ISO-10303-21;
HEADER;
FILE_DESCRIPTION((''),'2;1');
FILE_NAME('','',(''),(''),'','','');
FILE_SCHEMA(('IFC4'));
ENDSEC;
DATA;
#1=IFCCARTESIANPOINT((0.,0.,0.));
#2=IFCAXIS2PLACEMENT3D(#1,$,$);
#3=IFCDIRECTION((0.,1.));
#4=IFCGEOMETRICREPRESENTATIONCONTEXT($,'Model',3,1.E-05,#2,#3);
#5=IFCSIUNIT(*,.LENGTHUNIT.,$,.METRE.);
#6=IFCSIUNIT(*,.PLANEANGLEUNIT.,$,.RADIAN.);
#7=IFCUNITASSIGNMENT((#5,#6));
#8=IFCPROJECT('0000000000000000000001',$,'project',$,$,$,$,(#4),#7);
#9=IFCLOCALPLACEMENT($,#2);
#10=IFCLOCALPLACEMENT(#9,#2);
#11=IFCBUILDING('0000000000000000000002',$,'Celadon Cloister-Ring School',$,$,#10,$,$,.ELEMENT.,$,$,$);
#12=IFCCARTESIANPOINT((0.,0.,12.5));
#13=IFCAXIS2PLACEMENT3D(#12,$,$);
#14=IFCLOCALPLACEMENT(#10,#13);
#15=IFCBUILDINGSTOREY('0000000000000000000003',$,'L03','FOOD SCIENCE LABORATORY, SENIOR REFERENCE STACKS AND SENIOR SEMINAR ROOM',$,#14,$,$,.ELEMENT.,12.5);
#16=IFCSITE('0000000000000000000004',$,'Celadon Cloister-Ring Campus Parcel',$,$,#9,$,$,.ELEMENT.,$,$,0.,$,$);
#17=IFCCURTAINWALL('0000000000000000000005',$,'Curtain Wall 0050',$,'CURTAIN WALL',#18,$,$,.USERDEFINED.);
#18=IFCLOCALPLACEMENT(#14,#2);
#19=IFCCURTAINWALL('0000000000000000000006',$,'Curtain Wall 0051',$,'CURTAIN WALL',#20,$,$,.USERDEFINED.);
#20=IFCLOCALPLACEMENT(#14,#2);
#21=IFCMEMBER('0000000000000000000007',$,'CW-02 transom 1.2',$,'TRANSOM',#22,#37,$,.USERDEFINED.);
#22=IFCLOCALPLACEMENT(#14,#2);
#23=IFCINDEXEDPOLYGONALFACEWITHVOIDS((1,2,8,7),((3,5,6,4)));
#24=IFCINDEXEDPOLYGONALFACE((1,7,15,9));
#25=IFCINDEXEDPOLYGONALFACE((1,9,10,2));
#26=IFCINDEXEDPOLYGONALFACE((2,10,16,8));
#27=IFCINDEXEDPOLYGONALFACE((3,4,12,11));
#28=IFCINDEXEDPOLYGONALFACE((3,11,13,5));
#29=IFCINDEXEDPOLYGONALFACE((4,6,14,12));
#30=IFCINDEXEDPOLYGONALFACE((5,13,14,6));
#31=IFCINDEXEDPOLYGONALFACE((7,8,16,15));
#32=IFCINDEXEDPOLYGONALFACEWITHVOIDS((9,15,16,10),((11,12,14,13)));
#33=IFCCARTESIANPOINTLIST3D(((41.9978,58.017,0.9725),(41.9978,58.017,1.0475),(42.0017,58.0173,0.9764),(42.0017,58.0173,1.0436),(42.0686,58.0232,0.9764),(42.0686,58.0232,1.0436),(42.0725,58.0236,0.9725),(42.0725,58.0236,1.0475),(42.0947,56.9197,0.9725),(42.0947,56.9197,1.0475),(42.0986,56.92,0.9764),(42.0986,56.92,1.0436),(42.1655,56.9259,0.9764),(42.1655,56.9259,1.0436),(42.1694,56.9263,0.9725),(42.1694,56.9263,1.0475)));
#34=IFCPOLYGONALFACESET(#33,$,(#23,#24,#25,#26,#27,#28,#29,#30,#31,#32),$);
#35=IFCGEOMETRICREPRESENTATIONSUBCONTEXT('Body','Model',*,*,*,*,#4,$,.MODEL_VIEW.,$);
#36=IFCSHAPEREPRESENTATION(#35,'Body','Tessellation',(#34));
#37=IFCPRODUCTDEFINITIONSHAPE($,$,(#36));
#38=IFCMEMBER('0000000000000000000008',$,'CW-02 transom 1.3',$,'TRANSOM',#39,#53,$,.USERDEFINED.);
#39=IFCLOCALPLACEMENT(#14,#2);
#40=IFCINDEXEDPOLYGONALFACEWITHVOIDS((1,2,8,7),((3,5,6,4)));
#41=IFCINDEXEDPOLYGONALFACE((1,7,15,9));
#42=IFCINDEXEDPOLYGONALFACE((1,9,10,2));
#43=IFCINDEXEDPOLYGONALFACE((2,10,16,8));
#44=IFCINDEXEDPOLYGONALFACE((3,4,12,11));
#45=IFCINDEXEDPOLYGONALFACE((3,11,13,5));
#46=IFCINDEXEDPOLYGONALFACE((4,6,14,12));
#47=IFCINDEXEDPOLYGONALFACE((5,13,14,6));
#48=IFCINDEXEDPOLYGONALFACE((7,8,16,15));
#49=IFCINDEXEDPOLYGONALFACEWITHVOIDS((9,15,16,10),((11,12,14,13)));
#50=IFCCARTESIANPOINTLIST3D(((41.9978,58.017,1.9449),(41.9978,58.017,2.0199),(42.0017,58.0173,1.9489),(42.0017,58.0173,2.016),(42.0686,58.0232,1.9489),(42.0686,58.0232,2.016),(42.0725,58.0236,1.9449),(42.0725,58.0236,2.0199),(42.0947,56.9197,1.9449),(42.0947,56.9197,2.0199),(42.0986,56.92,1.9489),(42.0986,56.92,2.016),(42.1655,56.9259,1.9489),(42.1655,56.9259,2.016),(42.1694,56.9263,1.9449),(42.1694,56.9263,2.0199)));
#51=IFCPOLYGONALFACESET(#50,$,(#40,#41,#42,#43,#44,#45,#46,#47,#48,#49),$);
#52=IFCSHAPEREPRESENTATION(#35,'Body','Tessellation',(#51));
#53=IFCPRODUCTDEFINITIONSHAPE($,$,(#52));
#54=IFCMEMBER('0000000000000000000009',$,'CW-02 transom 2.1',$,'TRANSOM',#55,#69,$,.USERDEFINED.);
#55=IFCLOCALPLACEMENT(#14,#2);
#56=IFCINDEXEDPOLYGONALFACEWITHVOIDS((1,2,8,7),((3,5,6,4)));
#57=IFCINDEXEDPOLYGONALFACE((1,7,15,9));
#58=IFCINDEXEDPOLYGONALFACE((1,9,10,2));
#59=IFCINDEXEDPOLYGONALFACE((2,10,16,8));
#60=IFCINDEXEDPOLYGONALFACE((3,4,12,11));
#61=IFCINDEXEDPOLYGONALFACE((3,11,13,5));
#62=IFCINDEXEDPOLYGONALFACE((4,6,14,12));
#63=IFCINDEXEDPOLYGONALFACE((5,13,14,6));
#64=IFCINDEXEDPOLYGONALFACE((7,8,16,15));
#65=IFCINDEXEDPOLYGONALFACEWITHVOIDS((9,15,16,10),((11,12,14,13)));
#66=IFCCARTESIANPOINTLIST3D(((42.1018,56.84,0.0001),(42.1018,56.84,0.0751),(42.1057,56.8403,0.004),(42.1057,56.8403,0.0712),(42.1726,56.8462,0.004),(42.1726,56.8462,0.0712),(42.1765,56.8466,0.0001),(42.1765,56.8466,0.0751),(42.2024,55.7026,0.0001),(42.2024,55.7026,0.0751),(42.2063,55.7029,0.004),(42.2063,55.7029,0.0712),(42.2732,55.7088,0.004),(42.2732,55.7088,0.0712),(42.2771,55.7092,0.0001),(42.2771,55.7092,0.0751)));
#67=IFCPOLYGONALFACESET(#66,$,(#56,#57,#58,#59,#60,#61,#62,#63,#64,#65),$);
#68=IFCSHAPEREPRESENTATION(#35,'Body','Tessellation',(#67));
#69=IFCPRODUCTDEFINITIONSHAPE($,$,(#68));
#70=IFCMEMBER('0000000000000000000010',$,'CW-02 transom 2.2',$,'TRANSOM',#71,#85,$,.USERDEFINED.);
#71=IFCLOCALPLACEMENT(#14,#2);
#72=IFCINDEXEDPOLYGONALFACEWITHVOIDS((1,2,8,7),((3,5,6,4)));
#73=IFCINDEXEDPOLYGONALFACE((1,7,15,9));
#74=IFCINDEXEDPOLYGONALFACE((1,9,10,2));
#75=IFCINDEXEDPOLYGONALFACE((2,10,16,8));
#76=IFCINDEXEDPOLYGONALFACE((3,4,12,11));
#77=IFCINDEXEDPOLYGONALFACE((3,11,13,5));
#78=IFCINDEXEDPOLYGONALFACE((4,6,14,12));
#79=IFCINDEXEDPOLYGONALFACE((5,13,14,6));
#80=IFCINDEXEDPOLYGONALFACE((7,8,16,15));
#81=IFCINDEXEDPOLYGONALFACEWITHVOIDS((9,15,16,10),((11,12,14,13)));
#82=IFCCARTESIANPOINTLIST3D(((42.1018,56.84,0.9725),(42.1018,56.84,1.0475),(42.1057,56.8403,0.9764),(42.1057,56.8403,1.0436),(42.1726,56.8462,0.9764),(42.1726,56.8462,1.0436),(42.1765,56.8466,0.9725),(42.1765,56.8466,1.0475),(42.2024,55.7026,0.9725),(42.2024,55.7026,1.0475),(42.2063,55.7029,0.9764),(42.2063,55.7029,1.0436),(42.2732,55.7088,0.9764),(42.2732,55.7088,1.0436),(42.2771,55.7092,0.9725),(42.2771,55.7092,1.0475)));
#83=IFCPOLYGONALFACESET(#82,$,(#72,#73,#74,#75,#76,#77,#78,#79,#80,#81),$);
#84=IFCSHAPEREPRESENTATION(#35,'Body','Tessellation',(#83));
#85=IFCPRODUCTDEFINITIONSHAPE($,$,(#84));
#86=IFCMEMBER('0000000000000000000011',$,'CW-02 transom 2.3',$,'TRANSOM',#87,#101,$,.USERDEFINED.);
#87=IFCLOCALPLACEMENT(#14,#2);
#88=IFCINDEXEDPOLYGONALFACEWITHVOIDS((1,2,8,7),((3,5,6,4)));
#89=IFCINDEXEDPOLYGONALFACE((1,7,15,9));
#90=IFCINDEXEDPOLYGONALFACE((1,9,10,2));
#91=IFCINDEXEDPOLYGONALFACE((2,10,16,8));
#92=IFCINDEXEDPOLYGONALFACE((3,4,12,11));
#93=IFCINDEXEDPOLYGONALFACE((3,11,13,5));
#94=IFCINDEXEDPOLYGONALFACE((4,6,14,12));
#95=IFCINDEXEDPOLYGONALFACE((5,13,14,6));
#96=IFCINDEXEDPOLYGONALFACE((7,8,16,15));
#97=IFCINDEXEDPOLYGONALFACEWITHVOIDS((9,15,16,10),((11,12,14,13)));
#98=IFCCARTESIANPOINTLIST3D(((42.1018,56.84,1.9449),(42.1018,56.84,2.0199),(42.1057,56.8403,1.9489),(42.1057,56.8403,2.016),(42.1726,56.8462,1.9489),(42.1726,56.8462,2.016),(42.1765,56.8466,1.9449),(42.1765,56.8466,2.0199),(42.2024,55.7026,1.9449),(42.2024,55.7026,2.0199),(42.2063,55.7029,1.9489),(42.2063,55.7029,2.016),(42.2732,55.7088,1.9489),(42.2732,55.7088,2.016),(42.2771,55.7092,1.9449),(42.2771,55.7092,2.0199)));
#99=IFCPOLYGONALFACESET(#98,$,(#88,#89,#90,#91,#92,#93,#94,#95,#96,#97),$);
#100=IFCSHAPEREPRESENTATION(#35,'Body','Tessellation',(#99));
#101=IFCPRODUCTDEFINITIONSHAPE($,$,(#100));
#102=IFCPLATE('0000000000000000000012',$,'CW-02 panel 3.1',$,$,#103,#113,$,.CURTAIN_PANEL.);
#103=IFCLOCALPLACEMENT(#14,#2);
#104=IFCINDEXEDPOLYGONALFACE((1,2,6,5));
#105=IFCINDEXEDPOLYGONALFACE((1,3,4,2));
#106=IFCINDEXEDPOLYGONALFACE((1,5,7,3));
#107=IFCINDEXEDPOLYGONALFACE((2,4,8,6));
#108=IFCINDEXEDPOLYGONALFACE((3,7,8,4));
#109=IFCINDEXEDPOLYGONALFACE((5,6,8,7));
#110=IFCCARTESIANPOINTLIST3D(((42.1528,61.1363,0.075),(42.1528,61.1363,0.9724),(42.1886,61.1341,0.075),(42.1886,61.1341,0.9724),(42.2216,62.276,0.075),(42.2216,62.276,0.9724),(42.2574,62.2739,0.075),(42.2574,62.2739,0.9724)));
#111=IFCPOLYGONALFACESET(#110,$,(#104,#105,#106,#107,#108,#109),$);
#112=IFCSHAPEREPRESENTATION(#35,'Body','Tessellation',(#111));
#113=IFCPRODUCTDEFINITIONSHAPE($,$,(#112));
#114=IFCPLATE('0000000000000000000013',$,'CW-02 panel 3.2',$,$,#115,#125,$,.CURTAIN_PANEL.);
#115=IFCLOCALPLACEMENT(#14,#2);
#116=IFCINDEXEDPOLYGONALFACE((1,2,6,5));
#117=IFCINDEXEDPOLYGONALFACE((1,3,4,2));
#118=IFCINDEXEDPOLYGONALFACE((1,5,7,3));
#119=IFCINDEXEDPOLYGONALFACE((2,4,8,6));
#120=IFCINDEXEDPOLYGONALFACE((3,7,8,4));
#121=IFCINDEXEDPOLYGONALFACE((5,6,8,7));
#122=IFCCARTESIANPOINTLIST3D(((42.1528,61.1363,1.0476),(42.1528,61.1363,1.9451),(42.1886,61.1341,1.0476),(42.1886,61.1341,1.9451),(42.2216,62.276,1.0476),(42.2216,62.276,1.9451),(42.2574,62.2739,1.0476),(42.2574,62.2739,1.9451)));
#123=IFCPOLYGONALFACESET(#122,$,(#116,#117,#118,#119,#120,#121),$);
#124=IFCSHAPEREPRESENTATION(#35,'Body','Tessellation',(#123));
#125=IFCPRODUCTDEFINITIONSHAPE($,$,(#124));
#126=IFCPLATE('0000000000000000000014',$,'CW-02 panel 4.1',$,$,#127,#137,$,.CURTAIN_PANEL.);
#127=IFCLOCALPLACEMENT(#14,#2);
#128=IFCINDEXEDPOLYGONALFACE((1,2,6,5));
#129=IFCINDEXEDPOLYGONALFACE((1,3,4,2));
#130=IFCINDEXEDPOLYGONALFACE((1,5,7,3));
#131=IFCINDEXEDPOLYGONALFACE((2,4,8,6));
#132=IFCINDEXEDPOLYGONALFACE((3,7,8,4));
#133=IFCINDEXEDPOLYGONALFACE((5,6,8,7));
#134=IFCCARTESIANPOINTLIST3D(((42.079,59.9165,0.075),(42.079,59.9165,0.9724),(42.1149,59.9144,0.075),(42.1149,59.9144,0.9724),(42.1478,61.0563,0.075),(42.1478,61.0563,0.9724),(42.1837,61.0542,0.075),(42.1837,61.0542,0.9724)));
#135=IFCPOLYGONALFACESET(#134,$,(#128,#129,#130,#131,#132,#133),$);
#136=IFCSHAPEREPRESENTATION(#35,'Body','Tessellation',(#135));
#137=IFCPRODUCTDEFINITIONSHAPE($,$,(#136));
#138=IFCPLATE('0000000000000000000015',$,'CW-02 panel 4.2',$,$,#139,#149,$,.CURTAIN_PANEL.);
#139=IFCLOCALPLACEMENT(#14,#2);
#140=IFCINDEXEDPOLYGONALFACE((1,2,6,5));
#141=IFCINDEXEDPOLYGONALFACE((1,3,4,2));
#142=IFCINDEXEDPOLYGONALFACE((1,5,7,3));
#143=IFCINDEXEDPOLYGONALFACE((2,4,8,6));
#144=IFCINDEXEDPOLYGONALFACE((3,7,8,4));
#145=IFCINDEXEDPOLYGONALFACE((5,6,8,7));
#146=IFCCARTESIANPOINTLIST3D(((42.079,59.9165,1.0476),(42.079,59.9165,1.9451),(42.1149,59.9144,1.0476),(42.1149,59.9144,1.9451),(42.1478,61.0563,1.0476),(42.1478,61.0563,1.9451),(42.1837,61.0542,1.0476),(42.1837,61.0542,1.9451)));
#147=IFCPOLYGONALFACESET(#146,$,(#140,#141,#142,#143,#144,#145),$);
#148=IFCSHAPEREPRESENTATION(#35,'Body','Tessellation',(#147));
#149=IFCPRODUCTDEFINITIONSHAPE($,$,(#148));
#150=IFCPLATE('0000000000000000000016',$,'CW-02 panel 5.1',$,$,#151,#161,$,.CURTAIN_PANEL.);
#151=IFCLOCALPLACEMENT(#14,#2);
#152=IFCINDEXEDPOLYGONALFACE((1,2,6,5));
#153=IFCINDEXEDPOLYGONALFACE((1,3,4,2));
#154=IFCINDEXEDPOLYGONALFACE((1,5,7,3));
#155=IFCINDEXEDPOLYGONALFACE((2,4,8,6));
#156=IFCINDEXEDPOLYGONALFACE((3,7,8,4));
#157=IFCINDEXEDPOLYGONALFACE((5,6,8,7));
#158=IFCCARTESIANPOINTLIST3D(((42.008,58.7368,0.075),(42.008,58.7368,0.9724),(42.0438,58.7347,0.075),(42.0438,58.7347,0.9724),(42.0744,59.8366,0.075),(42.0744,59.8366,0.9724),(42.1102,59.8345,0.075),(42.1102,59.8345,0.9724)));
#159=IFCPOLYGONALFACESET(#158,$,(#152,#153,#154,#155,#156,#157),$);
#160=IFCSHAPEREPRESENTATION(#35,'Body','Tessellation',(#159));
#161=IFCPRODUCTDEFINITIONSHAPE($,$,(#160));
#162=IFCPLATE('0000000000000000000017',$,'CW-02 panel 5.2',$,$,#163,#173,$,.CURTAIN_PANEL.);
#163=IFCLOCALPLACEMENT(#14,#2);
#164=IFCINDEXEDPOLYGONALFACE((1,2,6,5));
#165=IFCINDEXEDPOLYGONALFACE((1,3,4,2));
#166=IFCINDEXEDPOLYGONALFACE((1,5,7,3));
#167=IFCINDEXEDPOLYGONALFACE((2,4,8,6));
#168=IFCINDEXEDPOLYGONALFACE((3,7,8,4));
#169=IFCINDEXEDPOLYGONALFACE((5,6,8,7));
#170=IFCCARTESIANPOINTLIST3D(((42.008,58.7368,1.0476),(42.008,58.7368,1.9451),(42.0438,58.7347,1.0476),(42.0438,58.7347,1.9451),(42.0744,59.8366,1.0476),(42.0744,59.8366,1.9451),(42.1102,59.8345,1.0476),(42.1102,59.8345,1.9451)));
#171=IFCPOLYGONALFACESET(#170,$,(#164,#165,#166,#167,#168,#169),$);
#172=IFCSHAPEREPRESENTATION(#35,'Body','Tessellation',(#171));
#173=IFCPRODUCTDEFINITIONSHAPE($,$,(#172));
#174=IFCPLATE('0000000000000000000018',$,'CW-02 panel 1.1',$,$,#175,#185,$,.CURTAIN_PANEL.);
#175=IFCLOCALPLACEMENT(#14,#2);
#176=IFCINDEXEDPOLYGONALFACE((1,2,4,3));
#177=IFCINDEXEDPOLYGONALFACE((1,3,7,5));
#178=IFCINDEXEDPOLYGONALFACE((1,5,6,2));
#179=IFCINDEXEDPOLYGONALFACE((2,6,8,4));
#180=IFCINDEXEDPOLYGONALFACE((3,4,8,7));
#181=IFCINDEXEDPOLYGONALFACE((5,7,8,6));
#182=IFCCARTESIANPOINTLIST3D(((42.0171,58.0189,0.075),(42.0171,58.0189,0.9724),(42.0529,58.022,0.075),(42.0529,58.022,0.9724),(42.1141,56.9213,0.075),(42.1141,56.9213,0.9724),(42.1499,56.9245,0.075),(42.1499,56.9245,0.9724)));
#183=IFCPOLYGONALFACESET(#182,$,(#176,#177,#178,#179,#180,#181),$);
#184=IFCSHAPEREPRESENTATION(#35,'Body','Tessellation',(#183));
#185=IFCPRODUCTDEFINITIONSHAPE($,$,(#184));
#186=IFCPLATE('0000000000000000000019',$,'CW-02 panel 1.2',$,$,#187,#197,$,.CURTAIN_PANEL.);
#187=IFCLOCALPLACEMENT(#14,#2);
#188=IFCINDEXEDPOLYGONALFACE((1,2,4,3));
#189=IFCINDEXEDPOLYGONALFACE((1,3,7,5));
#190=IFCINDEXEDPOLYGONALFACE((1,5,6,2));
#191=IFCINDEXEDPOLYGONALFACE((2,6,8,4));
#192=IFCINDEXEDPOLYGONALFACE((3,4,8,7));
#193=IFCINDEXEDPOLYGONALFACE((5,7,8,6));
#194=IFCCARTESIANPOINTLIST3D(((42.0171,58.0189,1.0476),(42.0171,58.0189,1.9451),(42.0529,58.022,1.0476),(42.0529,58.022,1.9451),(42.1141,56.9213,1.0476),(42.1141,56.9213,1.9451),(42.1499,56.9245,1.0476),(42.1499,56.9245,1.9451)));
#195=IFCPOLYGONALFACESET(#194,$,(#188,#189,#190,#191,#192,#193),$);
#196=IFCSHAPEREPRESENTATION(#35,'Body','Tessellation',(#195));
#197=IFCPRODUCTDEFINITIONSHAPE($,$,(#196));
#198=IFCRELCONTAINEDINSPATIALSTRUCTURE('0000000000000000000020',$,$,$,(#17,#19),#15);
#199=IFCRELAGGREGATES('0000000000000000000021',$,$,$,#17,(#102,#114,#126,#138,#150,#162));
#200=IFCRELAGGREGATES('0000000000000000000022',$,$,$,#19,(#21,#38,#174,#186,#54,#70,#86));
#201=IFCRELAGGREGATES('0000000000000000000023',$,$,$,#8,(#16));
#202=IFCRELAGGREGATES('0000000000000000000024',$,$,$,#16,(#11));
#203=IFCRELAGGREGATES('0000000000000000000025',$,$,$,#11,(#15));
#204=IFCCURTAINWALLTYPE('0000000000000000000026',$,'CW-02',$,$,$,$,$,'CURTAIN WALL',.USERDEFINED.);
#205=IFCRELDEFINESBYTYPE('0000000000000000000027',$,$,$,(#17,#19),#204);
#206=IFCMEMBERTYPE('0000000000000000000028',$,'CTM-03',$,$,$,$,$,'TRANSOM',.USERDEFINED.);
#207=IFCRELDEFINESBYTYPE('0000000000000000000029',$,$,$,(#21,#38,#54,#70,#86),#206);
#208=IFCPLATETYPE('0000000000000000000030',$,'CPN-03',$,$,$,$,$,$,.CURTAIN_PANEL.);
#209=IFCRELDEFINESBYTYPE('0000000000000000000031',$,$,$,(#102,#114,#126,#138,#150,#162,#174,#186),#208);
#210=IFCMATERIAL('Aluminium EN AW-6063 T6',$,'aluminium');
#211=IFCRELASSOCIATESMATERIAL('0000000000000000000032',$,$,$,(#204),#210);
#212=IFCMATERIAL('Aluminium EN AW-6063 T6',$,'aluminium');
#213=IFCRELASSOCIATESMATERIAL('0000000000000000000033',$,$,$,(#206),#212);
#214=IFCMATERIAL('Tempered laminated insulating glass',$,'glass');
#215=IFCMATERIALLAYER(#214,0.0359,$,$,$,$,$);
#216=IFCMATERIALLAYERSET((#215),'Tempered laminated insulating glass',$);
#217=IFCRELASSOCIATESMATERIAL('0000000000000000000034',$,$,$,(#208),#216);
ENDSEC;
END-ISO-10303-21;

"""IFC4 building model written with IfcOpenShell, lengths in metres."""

from ifc_helpers import new_model, si_unit, direction, frame, origin, origin_2d, place, context, subcontext, project, spatial, rectangle, hollow_rectangle, extrude, material, layer, layer_set, material_profile, profile_set, type_object, element, aggregate, save


model = new_model("IFC4")

# Units and contexts
model_context = context("Model", 3, precision=1e-05, world=origin(), true_north=direction((0.0, 1.0)))
body_context = subcontext(model_context, "Body", "Model", "MODEL_VIEW")
ifc_project = project(units=[si_unit("LENGTHUNIT", "METRE"), si_unit("PLANEANGLEUNIT", "RADIAN")], contexts=[model_context])

# Site, building, storey
site_placement = place(None, origin())
site = spatial("IfcSite", under=ifc_project, at=site_placement, Name="Celadon Cloister-Ring Campus Parcel", CompositionType="ELEMENT", RefElevation=0.0)
building_placement = place(site_placement, origin())
building = spatial("IfcBuilding", under=site, at=building_placement, Name="Celadon Cloister-Ring School", CompositionType="ELEMENT")
storey_placement = place(building_placement, frame((0.0, 0.0, 12.5)))
storey = spatial("IfcBuildingStorey", under=building, at=storey_placement, Name="L03", Description="FOOD SCIENCE LABORATORY, SENIOR REFERENCE STACKS AND SENIOR SEMINAR ROOM", CompositionType="ELEMENT", Elevation=12.5)

# Curtain wall
ifc_material_1 = material(Name="Aluminium EN AW-6063 T6", Category="aluminium")
curtain_wall_type = type_object("IfcCurtainWallType", Name="CW-02", ElementType="CURTAIN WALL", PredefinedType="USERDEFINED", material=ifc_material_1)
curtain_wall_1_placement = place(storey_placement, origin())
curtain_wall_1 = element("IfcCurtainWall", 1, at=curtain_wall_1_placement, inside=storey, type_object=curtain_wall_type, Name="Curtain Wall 0050", ObjectType="CURTAIN WALL", PredefinedType="USERDEFINED")

# Curtain wall
curtain_wall_2_placement = place(storey_placement, origin())
curtain_wall_2 = element("IfcCurtainWall", 2, at=curtain_wall_2_placement, inside=storey, type_object=curtain_wall_type, Name="Curtain Wall 0051", ObjectType="CURTAIN WALL", PredefinedType="USERDEFINED")

# Members
ifc_material_2 = material(Name="Aluminium EN AW-6063 T6", Category="aluminium")
ifc_material_profile_1 = material_profile(ifc_material_2, hollow_rectangle(XDim=0.075, YDim=0.075, WallThickness=0.0039, at=origin_2d()), Name="RHS75X75X4")
ifc_profile_set_1 = profile_set([ifc_material_profile_1], Name="Aluminium EN AW-6063 T6")
member_type_1 = type_object("IfcMemberType", Name="CTM-03", ElementType="TRANSOM", PredefinedType="USERDEFINED", material=ifc_profile_set_1)
member_1_placement = place(storey_placement, frame((42.0352, 58.0203, 1.01), z_axis=(0.087978, -0.996122, 0.0), x_axis=(0.996122, 0.087978, 0.0)))
member_1 = element("IfcMember", 3, at=member_1_placement, type_object=member_type_1, Name="CW-02 transom 1.2", ObjectType="TRANSOM", PredefinedType="USERDEFINED", context=body_context, shape_type="SweptSolid", body=[
    extrude(hollow_rectangle(XDim=0.075, YDim=0.075, WallThickness=0.0039, at=origin_2d()), origin(), (0.0, 0.0, 1.0), 1.1016),
])
member_2_placement = place(storey_placement, frame((42.0352, 58.0203, 1.9824), z_axis=(0.087978, -0.996122, 0.0), x_axis=(0.996122, 0.087978, 0.0)))
member_2 = element("IfcMember", 4, at=member_2_placement, type_object=member_type_1, Name="CW-02 transom 1.3", ObjectType="TRANSOM", PredefinedType="USERDEFINED", context=body_context, shape_type="SweptSolid", body=[
    extrude(hollow_rectangle(XDim=0.075, YDim=0.075, WallThickness=0.0039, at=origin_2d()), origin(), (0.0, 0.0, 1.0), 1.1016),
])
member_3_placement = place(storey_placement, frame((42.1392, 56.8433, 0.0376), z_axis=(0.088087, -0.996113, 0.0), x_axis=(0.996113, 0.088087, 0.0)))
member_3 = element("IfcMember", 5, at=member_3_placement, type_object=member_type_1, Name="CW-02 transom 2.1", ObjectType="TRANSOM", PredefinedType="USERDEFINED", context=body_context, shape_type="SweptSolid", body=[
    extrude(hollow_rectangle(XDim=0.075, YDim=0.075, WallThickness=0.0039, at=origin_2d()), origin(), (0.0, 0.0, 1.0), 1.1418),
])
member_4_placement = place(storey_placement, frame((42.1392, 56.8433, 1.01), z_axis=(0.088087, -0.996113, 0.0), x_axis=(0.996113, 0.088087, 0.0)))
member_4 = element("IfcMember", 6, at=member_4_placement, type_object=member_type_1, Name="CW-02 transom 2.2", ObjectType="TRANSOM", PredefinedType="USERDEFINED", context=body_context, shape_type="SweptSolid", body=[
    extrude(hollow_rectangle(XDim=0.075, YDim=0.075, WallThickness=0.0039, at=origin_2d()), origin(), (0.0, 0.0, 1.0), 1.1418),
])
member_5_placement = place(storey_placement, frame((42.1392, 56.8433, 1.9824), z_axis=(0.088087, -0.996113, 0.0), x_axis=(0.996113, 0.088087, 0.0)))
member_5 = element("IfcMember", 7, at=member_5_placement, type_object=member_type_1, Name="CW-02 transom 2.3", ObjectType="TRANSOM", PredefinedType="USERDEFINED", context=body_context, shape_type="SweptSolid", body=[
    extrude(hollow_rectangle(XDim=0.075, YDim=0.075, WallThickness=0.0039, at=origin_2d()), origin(), (0.0, 0.0, 1.0), 1.1418),
])

# Plates
ifc_material_3 = material(Name="Tempered laminated insulating glass", Category="glass")
ifc_layer = layer(ifc_material_3, 0.0359)
ifc_layer_set = layer_set([ifc_layer], Name="Tempered laminated insulating glass")
plate_type = type_object("IfcPlateType", Name="CPN-03", PredefinedType="CURTAIN_PANEL", material=ifc_layer_set)
plate_1_placement = place(storey_placement, frame((42.2051, 61.7051, 0.075), z_axis=(0.0, 0.0, 1.0), x_axis=(-0.060238, -0.998184, 0.0)))
plate_1 = element("IfcPlate", 8, at=plate_1_placement, type_object=plate_type, Name="CW-02 panel 3.1", PredefinedType="CURTAIN_PANEL", context=body_context, shape_type="SweptSolid", body=[
    extrude(rectangle(XDim=1.1418, YDim=0.0359, at=origin_2d()), origin(), (0.0, 0.0, 1.0), 0.8975),
])
plate_2_placement = place(storey_placement, frame((42.2051, 61.7051, 1.0476), z_axis=(0.0, 0.0, 1.0), x_axis=(-0.060238, -0.998184, 0.0)))
plate_2 = element("IfcPlate", 9, at=plate_2_placement, type_object=plate_type, Name="CW-02 panel 3.2", PredefinedType="CURTAIN_PANEL", context=body_context, shape_type="SweptSolid", body=[
    extrude(rectangle(XDim=1.1418, YDim=0.0359, at=origin_2d()), origin(), (0.0, 0.0, 1.0), 0.8975),
])
plate_3_placement = place(storey_placement, frame((42.1313, 60.4854, 0.075), z_axis=(0.0, 0.0, 1.0), x_axis=(-0.060238, -0.998184, 0.0)))
plate_3 = element("IfcPlate", 10, at=plate_3_placement, type_object=plate_type, Name="CW-02 panel 4.1", PredefinedType="CURTAIN_PANEL", context=body_context, shape_type="SweptSolid", body=[
    extrude(rectangle(XDim=1.1418, YDim=0.0359, at=origin_2d()), origin(), (0.0, 0.0, 1.0), 0.8975),
])
plate_4_placement = place(storey_placement, frame((42.1313, 60.4854, 1.0476), z_axis=(0.0, 0.0, 1.0), x_axis=(-0.060238, -0.998184, 0.0)))
plate_4 = element("IfcPlate", 11, at=plate_4_placement, type_object=plate_type, Name="CW-02 panel 4.2", PredefinedType="CURTAIN_PANEL", context=body_context, shape_type="SweptSolid", body=[
    extrude(rectangle(XDim=1.1418, YDim=0.0359, at=origin_2d()), origin(), (0.0, 0.0, 1.0), 0.8975),
])
plate_5_placement = place(storey_placement, frame((42.0591, 59.2856, 0.075), z_axis=(0.0, 0.0, 1.0), x_axis=(-0.060238, -0.998184, 0.0)))
plate_5 = element("IfcPlate", 12, at=plate_5_placement, type_object=plate_type, Name="CW-02 panel 5.1", PredefinedType="CURTAIN_PANEL", context=body_context, shape_type="SweptSolid", body=[
    extrude(rectangle(XDim=1.1018, YDim=0.0359, at=origin_2d()), origin(), (0.0, 0.0, 1.0), 0.8975),
])
plate_6_placement = place(storey_placement, frame((42.0591, 59.2856, 1.0476), z_axis=(0.0, 0.0, 1.0), x_axis=(-0.060238, -0.998184, 0.0)))
plate_6 = element("IfcPlate", 13, at=plate_6_placement, type_object=plate_type, Name="CW-02 panel 5.2", PredefinedType="CURTAIN_PANEL", context=body_context, shape_type="SweptSolid", body=[
    extrude(rectangle(XDim=1.1018, YDim=0.0359, at=origin_2d()), origin(), (0.0, 0.0, 1.0), 0.8975),
])
aggregate(curtain_wall_1, [plate_1, plate_2, plate_3, plate_4, plate_5, plate_6])
plate_7_placement = place(storey_placement, frame((42.0835, 57.4717, 0.075), z_axis=(0.0, 0.0, 1.0), x_axis=(0.088071, -0.996114, 0.0)))
plate_7 = element("IfcPlate", 14, at=plate_7_placement, type_object=plate_type, Name="CW-02 panel 1.1", PredefinedType="CURTAIN_PANEL", context=body_context, shape_type="SweptSolid", body=[
    extrude(rectangle(XDim=1.1018, YDim=0.0359, at=origin_2d()), origin(), (0.0, 0.0, 1.0), 0.8975),
])
plate_8_placement = place(storey_placement, frame((42.0835, 57.4717, 1.0476), z_axis=(0.0, 0.0, 1.0), x_axis=(0.088071, -0.996114, 0.0)))
plate_8 = element("IfcPlate", 15, at=plate_8_placement, type_object=plate_type, Name="CW-02 panel 1.2", PredefinedType="CURTAIN_PANEL", context=body_context, shape_type="SweptSolid", body=[
    extrude(rectangle(XDim=1.1018, YDim=0.0359, at=origin_2d()), origin(), (0.0, 0.0, 1.0), 0.8975),
])
aggregate(curtain_wall_2, [member_1, member_2, plate_7, plate_8, member_3, member_4, member_5])

save(model, "model.ifc")
